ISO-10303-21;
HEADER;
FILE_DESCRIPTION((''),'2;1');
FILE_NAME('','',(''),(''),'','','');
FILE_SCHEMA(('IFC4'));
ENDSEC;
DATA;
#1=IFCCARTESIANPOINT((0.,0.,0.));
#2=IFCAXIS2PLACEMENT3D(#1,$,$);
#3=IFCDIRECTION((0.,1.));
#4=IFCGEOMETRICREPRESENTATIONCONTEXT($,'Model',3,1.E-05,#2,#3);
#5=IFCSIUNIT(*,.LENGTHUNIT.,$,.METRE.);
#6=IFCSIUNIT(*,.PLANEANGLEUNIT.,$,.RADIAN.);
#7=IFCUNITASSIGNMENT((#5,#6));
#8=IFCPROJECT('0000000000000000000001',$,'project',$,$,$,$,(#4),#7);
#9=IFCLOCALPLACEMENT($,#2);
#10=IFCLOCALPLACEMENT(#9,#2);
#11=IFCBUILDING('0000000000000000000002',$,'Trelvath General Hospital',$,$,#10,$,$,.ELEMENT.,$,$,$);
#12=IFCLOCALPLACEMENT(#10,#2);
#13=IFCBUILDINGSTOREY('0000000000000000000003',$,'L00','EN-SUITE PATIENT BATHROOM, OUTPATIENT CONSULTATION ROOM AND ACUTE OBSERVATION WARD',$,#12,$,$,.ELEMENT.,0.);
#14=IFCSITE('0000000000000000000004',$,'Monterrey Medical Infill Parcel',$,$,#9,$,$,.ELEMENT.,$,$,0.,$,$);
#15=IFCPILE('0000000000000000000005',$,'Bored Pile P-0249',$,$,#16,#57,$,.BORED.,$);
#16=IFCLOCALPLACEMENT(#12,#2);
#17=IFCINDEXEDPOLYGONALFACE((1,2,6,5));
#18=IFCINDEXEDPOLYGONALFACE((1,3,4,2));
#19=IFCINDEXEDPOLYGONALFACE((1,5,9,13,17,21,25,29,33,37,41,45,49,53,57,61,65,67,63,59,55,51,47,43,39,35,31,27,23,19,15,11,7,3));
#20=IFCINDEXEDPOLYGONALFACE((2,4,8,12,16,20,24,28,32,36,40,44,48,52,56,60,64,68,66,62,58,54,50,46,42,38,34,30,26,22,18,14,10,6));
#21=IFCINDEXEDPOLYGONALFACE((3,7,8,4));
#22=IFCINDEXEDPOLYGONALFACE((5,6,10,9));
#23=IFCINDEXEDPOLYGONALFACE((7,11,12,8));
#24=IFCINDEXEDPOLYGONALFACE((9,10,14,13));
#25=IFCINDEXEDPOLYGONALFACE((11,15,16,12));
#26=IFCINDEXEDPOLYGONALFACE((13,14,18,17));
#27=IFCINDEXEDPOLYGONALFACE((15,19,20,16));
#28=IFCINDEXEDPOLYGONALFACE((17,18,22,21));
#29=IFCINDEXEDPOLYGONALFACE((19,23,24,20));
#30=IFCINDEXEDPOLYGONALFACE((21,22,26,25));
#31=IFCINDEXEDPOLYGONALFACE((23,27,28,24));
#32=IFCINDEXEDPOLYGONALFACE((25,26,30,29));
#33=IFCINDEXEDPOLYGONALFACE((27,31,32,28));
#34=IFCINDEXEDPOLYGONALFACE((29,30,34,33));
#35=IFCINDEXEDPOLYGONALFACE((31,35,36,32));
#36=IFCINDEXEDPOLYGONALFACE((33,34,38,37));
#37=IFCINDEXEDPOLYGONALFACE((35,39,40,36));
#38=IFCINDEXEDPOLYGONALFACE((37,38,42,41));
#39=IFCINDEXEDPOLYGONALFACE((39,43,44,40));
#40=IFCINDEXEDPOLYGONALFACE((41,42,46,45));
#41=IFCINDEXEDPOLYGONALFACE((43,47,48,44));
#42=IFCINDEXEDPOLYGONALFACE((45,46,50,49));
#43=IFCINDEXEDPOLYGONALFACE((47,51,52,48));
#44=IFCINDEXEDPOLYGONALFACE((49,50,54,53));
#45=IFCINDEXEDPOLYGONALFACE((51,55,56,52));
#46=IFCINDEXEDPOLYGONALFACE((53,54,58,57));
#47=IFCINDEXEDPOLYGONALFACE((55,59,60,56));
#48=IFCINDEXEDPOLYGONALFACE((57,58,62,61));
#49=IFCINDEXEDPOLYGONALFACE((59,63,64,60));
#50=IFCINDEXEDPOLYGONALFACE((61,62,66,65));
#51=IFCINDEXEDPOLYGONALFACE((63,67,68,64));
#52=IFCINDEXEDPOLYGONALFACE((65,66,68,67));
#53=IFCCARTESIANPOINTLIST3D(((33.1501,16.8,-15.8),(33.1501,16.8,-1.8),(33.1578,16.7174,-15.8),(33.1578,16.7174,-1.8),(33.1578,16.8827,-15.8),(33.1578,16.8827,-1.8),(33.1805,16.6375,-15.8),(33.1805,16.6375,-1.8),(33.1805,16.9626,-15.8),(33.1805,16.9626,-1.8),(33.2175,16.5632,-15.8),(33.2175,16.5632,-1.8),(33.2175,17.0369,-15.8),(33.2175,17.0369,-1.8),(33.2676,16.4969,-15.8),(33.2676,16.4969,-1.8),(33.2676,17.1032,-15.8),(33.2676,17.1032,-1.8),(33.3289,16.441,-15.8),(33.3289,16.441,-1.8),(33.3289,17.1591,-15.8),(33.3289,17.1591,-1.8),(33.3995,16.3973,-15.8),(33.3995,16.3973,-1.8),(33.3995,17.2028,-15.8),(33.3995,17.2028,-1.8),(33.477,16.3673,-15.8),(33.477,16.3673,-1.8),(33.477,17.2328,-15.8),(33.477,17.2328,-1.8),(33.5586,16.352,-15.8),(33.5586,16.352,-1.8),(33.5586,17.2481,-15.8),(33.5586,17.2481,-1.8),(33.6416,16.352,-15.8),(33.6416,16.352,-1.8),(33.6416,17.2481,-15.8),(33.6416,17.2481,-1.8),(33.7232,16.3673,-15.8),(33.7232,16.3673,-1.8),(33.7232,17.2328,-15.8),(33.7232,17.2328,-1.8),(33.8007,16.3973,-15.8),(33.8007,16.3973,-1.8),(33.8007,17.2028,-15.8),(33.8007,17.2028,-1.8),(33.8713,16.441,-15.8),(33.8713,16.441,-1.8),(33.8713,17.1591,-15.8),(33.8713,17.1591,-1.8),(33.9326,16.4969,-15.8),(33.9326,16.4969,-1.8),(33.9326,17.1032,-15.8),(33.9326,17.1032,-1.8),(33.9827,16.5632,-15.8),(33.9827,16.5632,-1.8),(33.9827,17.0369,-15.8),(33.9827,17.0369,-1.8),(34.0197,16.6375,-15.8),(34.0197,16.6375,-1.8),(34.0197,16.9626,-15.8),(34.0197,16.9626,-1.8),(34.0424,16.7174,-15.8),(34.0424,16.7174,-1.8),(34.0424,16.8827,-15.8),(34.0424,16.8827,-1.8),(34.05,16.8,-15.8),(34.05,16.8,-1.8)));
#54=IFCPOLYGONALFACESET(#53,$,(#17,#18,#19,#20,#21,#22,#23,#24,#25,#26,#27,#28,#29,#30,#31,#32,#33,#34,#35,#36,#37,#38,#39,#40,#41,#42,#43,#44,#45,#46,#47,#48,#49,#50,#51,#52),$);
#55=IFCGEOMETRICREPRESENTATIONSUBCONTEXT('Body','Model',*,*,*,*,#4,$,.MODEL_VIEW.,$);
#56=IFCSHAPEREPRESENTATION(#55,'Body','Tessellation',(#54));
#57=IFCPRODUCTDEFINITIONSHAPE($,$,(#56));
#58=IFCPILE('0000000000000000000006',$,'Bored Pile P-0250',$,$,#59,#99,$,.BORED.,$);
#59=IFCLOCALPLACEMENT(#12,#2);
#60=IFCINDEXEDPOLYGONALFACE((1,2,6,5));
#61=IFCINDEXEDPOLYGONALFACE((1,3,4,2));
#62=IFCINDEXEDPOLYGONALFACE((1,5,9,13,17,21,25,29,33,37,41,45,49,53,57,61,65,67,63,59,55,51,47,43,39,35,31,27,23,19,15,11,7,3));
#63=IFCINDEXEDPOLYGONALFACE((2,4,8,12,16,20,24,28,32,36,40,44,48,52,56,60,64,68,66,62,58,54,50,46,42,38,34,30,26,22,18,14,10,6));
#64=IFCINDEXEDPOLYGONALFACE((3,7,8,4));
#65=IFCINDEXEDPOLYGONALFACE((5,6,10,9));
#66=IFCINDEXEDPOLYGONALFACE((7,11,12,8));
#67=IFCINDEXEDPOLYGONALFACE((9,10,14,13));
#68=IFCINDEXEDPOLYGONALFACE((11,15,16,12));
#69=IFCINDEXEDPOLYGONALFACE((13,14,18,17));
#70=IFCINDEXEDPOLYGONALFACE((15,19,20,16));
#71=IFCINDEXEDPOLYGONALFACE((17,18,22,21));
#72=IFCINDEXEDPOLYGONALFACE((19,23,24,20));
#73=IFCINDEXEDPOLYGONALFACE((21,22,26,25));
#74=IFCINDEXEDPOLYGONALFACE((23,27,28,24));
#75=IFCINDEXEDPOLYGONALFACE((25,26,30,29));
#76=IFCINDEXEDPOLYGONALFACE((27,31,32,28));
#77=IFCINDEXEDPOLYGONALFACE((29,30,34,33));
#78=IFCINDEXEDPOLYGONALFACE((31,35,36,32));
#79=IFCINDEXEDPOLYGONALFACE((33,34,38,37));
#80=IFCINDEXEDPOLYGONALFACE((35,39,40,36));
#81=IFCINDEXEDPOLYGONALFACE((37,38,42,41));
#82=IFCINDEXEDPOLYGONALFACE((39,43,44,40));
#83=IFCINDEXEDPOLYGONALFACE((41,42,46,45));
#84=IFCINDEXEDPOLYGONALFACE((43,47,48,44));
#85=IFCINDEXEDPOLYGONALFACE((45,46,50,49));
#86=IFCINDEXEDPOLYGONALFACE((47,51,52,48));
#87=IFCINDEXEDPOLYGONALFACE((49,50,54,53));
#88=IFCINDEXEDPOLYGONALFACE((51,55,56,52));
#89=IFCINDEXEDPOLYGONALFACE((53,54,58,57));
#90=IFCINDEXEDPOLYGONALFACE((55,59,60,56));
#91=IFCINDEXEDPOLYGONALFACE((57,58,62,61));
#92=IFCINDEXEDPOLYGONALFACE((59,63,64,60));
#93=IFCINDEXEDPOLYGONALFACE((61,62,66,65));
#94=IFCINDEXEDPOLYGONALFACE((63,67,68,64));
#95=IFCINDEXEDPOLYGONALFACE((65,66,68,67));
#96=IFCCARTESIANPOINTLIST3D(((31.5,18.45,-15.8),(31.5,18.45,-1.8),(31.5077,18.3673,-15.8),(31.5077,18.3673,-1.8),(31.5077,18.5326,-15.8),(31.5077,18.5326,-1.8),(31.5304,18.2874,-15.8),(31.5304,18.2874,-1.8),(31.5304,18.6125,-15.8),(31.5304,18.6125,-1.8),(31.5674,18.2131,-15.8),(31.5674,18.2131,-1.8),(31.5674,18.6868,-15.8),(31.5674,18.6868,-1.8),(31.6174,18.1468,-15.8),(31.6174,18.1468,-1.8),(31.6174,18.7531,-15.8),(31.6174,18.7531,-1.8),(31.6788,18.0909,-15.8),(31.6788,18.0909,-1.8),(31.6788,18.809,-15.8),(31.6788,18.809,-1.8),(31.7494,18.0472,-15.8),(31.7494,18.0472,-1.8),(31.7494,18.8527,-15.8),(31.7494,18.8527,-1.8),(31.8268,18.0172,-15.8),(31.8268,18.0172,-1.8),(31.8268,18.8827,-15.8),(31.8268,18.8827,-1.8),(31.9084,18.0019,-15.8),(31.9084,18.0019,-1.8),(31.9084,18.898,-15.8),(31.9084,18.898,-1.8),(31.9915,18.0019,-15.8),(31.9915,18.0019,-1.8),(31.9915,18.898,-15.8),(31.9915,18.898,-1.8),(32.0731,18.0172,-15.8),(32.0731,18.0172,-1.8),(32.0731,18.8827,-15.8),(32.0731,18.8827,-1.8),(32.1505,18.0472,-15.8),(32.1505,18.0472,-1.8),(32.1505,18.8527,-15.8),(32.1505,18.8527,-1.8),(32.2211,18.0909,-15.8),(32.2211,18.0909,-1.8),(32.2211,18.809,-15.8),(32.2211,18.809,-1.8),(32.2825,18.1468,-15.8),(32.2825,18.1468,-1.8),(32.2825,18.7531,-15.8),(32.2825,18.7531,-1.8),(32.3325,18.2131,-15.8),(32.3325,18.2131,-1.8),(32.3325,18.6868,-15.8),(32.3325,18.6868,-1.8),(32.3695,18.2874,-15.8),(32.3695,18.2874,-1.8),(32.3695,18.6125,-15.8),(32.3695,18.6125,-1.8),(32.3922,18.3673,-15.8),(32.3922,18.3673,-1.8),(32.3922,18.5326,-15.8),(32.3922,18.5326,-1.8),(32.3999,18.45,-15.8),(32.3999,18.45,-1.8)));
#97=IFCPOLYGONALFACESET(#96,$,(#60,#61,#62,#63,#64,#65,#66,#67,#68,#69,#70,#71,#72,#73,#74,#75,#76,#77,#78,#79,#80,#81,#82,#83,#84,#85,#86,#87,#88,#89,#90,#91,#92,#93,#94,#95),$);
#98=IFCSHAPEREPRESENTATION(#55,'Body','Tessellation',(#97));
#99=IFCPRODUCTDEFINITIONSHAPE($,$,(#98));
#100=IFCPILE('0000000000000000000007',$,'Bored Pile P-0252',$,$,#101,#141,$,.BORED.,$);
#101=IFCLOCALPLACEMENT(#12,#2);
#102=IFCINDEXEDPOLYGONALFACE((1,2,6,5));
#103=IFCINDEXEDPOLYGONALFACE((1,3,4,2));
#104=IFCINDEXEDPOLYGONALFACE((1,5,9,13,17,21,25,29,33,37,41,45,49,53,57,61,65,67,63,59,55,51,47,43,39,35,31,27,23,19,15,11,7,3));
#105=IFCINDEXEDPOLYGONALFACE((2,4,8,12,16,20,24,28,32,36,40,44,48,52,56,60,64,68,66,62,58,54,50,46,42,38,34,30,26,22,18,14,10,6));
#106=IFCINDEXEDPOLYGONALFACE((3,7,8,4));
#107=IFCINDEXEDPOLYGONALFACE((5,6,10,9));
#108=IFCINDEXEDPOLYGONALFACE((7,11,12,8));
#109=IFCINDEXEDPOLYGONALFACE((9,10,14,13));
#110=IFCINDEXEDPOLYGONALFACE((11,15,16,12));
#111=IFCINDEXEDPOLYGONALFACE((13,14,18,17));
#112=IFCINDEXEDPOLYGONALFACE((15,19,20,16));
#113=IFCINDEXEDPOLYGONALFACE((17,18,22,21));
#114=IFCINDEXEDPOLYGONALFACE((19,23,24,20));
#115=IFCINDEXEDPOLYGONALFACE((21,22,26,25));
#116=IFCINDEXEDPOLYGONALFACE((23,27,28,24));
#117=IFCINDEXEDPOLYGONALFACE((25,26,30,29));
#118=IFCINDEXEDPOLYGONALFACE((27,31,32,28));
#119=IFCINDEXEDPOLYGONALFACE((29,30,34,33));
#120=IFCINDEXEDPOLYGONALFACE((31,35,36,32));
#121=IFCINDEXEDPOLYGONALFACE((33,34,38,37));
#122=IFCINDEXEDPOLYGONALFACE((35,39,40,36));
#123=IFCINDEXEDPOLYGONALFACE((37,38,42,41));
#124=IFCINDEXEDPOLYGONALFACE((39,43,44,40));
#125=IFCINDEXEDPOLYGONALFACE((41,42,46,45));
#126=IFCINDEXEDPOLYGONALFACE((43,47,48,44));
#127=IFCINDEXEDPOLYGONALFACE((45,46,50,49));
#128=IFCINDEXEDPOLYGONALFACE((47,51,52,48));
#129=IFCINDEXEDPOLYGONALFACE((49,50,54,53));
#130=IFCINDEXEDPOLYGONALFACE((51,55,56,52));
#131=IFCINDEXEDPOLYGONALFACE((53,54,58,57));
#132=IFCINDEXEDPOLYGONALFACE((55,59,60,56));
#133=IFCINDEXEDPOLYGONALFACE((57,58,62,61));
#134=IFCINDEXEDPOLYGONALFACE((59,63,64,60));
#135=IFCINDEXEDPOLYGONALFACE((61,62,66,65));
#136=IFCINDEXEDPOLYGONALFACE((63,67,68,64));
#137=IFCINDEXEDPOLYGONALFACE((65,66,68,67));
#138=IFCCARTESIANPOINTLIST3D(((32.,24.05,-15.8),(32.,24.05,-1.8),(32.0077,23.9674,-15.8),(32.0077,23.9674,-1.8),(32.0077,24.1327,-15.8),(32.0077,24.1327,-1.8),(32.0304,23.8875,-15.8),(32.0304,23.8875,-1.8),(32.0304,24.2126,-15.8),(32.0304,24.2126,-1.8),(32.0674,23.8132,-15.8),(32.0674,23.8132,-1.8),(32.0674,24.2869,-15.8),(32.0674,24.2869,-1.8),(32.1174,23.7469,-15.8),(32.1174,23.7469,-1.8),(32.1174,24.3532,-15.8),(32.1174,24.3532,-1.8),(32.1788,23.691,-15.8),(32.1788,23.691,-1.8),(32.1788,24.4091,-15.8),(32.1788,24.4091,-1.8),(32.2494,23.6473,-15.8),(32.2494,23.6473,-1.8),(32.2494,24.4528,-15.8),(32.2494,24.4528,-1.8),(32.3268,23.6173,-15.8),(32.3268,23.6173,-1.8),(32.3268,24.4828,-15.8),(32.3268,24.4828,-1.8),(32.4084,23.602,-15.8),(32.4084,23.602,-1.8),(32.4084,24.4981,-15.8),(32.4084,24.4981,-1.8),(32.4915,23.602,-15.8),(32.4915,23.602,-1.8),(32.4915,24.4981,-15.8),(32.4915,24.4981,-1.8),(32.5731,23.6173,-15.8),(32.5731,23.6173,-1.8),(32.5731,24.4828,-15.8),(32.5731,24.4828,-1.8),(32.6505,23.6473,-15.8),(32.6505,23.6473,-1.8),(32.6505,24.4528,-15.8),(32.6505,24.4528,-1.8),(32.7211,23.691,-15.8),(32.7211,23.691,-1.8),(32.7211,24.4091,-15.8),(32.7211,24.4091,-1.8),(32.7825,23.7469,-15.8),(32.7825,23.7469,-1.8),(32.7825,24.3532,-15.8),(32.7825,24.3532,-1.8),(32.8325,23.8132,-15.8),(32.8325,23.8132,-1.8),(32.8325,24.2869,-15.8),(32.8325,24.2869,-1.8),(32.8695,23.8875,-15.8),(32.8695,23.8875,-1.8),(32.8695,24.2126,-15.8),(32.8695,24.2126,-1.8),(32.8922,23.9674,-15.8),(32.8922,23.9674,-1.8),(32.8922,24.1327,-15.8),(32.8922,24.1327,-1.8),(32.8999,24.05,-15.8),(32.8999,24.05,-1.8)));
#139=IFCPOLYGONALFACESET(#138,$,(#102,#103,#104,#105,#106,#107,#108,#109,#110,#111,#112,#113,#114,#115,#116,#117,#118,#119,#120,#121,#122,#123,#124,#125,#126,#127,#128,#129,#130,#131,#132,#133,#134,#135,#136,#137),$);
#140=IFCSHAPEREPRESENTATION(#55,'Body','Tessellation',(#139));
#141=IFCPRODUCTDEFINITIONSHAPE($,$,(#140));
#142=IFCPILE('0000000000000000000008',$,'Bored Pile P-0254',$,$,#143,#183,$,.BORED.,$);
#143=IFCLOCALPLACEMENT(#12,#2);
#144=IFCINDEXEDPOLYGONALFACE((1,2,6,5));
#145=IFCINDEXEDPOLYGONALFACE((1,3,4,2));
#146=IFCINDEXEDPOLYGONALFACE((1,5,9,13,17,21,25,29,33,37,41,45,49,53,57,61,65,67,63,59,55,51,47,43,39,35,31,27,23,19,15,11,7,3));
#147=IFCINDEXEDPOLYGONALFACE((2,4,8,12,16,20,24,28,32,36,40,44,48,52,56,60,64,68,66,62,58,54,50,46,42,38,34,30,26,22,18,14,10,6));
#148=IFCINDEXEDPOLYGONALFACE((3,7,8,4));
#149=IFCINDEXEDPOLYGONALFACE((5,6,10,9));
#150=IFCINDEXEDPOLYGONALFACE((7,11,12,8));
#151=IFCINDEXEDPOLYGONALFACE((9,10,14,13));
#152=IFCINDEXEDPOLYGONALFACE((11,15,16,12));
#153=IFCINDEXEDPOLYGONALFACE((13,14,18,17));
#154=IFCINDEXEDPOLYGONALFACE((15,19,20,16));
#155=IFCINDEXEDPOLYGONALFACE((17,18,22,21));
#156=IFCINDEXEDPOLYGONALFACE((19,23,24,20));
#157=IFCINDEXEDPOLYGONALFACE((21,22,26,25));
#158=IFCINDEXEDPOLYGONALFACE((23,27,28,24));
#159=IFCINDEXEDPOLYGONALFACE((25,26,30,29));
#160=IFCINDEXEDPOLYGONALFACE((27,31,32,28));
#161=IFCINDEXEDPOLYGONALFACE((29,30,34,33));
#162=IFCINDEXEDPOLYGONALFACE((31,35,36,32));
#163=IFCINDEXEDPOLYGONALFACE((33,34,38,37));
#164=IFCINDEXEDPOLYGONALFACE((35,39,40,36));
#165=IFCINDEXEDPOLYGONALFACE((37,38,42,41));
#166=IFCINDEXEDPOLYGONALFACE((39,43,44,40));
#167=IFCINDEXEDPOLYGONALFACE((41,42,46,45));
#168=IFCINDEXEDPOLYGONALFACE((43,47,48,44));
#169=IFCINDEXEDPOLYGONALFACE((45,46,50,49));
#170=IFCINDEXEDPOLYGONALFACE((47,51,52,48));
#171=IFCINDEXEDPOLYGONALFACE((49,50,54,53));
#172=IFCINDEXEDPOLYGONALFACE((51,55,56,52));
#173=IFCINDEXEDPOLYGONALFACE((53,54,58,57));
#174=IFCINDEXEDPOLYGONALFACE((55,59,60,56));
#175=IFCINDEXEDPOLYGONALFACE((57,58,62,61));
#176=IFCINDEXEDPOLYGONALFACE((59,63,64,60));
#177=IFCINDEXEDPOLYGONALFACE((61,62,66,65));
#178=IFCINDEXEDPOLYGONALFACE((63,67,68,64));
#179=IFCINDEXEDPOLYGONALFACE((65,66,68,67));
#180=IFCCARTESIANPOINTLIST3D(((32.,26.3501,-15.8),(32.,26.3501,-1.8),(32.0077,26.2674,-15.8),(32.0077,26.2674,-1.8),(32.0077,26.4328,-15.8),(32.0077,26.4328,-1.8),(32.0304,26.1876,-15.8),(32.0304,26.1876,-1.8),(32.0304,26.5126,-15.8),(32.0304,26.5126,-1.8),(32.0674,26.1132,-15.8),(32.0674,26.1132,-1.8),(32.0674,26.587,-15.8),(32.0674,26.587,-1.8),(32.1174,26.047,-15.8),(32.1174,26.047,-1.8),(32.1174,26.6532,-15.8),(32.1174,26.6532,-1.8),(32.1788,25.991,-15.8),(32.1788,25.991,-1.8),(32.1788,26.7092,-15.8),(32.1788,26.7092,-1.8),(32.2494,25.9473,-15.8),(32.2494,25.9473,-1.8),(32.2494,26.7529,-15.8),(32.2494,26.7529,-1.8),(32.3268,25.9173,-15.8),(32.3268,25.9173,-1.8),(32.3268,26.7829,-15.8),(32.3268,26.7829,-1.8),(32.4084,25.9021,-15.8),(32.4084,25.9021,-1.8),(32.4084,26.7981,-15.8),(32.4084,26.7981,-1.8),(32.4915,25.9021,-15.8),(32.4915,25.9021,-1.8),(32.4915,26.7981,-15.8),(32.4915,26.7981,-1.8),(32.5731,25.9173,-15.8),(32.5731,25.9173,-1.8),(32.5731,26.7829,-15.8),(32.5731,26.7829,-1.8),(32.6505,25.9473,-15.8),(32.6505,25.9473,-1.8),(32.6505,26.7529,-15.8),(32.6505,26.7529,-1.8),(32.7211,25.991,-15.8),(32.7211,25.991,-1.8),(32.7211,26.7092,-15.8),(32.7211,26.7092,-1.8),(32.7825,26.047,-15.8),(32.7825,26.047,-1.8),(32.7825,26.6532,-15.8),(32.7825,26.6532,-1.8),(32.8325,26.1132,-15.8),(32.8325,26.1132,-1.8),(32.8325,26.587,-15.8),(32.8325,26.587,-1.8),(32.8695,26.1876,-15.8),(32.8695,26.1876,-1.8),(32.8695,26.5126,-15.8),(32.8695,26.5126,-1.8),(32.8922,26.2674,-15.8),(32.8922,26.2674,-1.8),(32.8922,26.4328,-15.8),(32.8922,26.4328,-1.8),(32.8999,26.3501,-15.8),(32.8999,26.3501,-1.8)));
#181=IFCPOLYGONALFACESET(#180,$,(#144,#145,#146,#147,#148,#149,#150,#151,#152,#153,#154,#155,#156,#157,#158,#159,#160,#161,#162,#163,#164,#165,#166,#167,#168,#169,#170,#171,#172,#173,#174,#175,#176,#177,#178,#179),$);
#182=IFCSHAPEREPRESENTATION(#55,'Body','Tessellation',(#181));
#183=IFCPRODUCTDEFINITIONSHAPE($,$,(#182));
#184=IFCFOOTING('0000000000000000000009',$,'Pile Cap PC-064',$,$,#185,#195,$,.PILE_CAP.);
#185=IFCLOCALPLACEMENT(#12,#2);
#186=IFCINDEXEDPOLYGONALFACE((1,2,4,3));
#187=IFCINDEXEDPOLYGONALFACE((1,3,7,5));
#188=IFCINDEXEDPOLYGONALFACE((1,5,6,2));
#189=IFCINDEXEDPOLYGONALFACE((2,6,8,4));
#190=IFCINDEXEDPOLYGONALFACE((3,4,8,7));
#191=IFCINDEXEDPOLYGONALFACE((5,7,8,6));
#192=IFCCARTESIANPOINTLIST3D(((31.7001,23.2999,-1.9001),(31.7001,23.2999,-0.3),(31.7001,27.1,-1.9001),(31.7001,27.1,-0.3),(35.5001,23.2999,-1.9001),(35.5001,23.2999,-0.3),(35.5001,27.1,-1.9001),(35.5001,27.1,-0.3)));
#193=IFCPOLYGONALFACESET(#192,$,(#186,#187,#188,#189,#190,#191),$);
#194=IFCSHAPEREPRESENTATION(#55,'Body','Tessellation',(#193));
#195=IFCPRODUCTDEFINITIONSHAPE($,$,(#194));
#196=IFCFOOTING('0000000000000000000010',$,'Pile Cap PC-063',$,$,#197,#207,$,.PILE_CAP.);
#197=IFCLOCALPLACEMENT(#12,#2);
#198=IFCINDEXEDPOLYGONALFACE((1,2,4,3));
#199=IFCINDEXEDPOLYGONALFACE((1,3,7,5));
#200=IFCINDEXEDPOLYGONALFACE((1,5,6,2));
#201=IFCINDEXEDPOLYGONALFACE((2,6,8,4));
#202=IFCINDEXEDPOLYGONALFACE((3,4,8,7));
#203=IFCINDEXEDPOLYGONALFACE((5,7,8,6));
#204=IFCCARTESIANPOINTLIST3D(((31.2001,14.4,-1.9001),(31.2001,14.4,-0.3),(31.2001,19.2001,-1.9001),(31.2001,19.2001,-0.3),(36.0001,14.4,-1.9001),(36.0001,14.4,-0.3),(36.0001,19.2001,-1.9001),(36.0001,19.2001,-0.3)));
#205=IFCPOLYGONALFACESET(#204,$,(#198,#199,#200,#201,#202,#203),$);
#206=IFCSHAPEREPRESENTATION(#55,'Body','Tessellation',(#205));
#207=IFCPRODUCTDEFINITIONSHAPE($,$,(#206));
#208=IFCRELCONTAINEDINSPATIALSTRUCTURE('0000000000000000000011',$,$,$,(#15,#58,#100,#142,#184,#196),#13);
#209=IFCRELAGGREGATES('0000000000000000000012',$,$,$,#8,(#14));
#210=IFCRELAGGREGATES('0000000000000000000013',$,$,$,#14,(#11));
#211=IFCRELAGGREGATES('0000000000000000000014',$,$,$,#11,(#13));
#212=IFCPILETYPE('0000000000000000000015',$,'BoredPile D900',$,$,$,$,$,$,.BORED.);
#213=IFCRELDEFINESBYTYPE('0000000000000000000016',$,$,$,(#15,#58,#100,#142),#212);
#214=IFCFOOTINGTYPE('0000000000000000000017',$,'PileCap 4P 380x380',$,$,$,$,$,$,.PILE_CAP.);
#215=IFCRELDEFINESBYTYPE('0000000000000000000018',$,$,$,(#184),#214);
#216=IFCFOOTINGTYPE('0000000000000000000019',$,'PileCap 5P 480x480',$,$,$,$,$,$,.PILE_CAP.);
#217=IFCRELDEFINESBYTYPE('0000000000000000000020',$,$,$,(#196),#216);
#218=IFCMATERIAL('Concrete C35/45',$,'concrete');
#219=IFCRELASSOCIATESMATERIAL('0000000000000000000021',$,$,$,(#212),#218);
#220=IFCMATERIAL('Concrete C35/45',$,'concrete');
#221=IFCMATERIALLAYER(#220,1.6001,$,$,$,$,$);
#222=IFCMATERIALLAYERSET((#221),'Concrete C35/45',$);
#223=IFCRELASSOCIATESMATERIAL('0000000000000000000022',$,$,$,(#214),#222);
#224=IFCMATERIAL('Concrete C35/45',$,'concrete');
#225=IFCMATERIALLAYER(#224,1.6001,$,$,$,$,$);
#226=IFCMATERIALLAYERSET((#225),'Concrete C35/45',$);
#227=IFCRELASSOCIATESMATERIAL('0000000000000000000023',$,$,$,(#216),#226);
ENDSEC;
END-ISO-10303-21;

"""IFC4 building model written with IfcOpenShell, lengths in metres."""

from ifc_helpers import new_model, si_unit, direction, frame, origin, origin_2d, place, context, subcontext, project, spatial, rectangle, circle, extrude, material, layer, layer_set, material_profile, profile_set, type_object, element, save


model = new_model("IFC4")

# Units and contexts
model_context = context("Model", 3, precision=1e-05, world=origin(), true_north=direction((0.0, 1.0)))
body_context = subcontext(model_context, "Body", "Model", "MODEL_VIEW")
ifc_project = project(units=[si_unit("LENGTHUNIT", "METRE"), si_unit("PLANEANGLEUNIT", "RADIAN")], contexts=[model_context])

# Site, building, storey
site_placement = place(None, origin())
site = spatial("IfcSite", under=ifc_project, at=site_placement, Name="Monterrey Medical Infill Parcel", CompositionType="ELEMENT", RefElevation=0.0)
building_placement = place(site_placement, origin())
building = spatial("IfcBuilding", under=site, at=building_placement, Name="Trelvath General Hospital", CompositionType="ELEMENT")
storey_placement = place(building_placement, origin())
storey = spatial("IfcBuildingStorey", under=building, at=storey_placement, Name="L00", Description="EN-SUITE PATIENT BATHROOM, OUTPATIENT CONSULTATION ROOM AND ACUTE OBSERVATION WARD", CompositionType="ELEMENT", Elevation=0.0)

# Piles
ifc_material_1 = material(Name="Concrete C35/45", Category="concrete")
ifc_material_profile_1 = material_profile(ifc_material_1, circle(Radius=0.45, at=origin_2d()), Name="PILE900")
ifc_profile_set_1 = profile_set([ifc_material_profile_1], Name="Concrete C35/45")
pile_type_1 = type_object("IfcPileType", Name="BoredPile D900", PredefinedType="BORED", material=ifc_profile_set_1)
for number, where, z_axis, x_axis, name in (
    (1, (33.6001, 16.8, -1.8), (0.0, 0.0, -1.0), (1.0, 0.0, 0.0), "Bored Pile P-0249"),
    (2, (31.95, 18.45, -1.8), (0.0, 0.0, -1.0), (1.0, 0.0, 0.0), "Bored Pile P-0250"),
    (3, (32.45, 24.05, -1.8), (0.0, 0.0, -1.0), (1.0, 0.0, 0.0), "Bored Pile P-0252"),
    (4, (32.45, 26.3501, -1.8), (0.0, 0.0, -1.0), (1.0, 0.0, 0.0), "Bored Pile P-0254"),
):
    element("IfcPile", number, at=place(storey_placement, frame(where, z_axis=z_axis, x_axis=x_axis)), inside=storey, type_object=pile_type_1, Name=name, PredefinedType="BORED", context=body_context, shape_type="SweptSolid", body=[
        extrude(circle(Radius=0.45, at=origin_2d()), origin(), (0.0, 0.0, 1.0), 14.0),
    ])

# Footings
ifc_material_2 = material(Name="Concrete C35/45", Category="concrete")
ifc_layer_1 = layer(ifc_material_2, 1.6001)
ifc_layer_set_1 = layer_set([ifc_layer_1], Name="Concrete C35/45")
footing_type_1 = type_object("IfcFootingType", Name="PileCap 4P 380x380", PredefinedType="PILE_CAP", material=ifc_layer_set_1)
footing_1_placement = place(storey_placement, frame((33.6001, 25.2, -1.9001), z_axis=(0.0, 0.0, 1.0), x_axis=(1.0, 0.0, 0.0)))
element("IfcFooting", 5, at=footing_1_placement, inside=storey, type_object=footing_type_1, Name="Pile Cap PC-064", PredefinedType="PILE_CAP", context=body_context, shape_type="SweptSolid", body=[
    extrude(rectangle(XDim=3.8, YDim=3.8, at=origin_2d()), origin(), (0.0, 0.0, 1.0), 1.6001),
])
ifc_material_3 = material(Name="Concrete C35/45", Category="concrete")
ifc_layer_2 = layer(ifc_material_3, 1.6001)
ifc_layer_set_2 = layer_set([ifc_layer_2], Name="Concrete C35/45")
footing_type_2 = type_object("IfcFootingType", Name="PileCap 5P 480x480", PredefinedType="PILE_CAP", material=ifc_layer_set_2)
footing_2_placement = place(storey_placement, frame((33.6001, 16.8, -1.9001), z_axis=(0.0, 0.0, 1.0), x_axis=(1.0, 0.0, 0.0)))
element("IfcFooting", 6, at=footing_2_placement, inside=storey, type_object=footing_type_2, Name="Pile Cap PC-063", PredefinedType="PILE_CAP", context=body_context, shape_type="SweptSolid", body=[
    extrude(rectangle(XDim=4.8, YDim=4.8, at=origin_2d()), origin(), (0.0, 0.0, 1.0), 1.6001),
])

save(model, "model.ifc")
